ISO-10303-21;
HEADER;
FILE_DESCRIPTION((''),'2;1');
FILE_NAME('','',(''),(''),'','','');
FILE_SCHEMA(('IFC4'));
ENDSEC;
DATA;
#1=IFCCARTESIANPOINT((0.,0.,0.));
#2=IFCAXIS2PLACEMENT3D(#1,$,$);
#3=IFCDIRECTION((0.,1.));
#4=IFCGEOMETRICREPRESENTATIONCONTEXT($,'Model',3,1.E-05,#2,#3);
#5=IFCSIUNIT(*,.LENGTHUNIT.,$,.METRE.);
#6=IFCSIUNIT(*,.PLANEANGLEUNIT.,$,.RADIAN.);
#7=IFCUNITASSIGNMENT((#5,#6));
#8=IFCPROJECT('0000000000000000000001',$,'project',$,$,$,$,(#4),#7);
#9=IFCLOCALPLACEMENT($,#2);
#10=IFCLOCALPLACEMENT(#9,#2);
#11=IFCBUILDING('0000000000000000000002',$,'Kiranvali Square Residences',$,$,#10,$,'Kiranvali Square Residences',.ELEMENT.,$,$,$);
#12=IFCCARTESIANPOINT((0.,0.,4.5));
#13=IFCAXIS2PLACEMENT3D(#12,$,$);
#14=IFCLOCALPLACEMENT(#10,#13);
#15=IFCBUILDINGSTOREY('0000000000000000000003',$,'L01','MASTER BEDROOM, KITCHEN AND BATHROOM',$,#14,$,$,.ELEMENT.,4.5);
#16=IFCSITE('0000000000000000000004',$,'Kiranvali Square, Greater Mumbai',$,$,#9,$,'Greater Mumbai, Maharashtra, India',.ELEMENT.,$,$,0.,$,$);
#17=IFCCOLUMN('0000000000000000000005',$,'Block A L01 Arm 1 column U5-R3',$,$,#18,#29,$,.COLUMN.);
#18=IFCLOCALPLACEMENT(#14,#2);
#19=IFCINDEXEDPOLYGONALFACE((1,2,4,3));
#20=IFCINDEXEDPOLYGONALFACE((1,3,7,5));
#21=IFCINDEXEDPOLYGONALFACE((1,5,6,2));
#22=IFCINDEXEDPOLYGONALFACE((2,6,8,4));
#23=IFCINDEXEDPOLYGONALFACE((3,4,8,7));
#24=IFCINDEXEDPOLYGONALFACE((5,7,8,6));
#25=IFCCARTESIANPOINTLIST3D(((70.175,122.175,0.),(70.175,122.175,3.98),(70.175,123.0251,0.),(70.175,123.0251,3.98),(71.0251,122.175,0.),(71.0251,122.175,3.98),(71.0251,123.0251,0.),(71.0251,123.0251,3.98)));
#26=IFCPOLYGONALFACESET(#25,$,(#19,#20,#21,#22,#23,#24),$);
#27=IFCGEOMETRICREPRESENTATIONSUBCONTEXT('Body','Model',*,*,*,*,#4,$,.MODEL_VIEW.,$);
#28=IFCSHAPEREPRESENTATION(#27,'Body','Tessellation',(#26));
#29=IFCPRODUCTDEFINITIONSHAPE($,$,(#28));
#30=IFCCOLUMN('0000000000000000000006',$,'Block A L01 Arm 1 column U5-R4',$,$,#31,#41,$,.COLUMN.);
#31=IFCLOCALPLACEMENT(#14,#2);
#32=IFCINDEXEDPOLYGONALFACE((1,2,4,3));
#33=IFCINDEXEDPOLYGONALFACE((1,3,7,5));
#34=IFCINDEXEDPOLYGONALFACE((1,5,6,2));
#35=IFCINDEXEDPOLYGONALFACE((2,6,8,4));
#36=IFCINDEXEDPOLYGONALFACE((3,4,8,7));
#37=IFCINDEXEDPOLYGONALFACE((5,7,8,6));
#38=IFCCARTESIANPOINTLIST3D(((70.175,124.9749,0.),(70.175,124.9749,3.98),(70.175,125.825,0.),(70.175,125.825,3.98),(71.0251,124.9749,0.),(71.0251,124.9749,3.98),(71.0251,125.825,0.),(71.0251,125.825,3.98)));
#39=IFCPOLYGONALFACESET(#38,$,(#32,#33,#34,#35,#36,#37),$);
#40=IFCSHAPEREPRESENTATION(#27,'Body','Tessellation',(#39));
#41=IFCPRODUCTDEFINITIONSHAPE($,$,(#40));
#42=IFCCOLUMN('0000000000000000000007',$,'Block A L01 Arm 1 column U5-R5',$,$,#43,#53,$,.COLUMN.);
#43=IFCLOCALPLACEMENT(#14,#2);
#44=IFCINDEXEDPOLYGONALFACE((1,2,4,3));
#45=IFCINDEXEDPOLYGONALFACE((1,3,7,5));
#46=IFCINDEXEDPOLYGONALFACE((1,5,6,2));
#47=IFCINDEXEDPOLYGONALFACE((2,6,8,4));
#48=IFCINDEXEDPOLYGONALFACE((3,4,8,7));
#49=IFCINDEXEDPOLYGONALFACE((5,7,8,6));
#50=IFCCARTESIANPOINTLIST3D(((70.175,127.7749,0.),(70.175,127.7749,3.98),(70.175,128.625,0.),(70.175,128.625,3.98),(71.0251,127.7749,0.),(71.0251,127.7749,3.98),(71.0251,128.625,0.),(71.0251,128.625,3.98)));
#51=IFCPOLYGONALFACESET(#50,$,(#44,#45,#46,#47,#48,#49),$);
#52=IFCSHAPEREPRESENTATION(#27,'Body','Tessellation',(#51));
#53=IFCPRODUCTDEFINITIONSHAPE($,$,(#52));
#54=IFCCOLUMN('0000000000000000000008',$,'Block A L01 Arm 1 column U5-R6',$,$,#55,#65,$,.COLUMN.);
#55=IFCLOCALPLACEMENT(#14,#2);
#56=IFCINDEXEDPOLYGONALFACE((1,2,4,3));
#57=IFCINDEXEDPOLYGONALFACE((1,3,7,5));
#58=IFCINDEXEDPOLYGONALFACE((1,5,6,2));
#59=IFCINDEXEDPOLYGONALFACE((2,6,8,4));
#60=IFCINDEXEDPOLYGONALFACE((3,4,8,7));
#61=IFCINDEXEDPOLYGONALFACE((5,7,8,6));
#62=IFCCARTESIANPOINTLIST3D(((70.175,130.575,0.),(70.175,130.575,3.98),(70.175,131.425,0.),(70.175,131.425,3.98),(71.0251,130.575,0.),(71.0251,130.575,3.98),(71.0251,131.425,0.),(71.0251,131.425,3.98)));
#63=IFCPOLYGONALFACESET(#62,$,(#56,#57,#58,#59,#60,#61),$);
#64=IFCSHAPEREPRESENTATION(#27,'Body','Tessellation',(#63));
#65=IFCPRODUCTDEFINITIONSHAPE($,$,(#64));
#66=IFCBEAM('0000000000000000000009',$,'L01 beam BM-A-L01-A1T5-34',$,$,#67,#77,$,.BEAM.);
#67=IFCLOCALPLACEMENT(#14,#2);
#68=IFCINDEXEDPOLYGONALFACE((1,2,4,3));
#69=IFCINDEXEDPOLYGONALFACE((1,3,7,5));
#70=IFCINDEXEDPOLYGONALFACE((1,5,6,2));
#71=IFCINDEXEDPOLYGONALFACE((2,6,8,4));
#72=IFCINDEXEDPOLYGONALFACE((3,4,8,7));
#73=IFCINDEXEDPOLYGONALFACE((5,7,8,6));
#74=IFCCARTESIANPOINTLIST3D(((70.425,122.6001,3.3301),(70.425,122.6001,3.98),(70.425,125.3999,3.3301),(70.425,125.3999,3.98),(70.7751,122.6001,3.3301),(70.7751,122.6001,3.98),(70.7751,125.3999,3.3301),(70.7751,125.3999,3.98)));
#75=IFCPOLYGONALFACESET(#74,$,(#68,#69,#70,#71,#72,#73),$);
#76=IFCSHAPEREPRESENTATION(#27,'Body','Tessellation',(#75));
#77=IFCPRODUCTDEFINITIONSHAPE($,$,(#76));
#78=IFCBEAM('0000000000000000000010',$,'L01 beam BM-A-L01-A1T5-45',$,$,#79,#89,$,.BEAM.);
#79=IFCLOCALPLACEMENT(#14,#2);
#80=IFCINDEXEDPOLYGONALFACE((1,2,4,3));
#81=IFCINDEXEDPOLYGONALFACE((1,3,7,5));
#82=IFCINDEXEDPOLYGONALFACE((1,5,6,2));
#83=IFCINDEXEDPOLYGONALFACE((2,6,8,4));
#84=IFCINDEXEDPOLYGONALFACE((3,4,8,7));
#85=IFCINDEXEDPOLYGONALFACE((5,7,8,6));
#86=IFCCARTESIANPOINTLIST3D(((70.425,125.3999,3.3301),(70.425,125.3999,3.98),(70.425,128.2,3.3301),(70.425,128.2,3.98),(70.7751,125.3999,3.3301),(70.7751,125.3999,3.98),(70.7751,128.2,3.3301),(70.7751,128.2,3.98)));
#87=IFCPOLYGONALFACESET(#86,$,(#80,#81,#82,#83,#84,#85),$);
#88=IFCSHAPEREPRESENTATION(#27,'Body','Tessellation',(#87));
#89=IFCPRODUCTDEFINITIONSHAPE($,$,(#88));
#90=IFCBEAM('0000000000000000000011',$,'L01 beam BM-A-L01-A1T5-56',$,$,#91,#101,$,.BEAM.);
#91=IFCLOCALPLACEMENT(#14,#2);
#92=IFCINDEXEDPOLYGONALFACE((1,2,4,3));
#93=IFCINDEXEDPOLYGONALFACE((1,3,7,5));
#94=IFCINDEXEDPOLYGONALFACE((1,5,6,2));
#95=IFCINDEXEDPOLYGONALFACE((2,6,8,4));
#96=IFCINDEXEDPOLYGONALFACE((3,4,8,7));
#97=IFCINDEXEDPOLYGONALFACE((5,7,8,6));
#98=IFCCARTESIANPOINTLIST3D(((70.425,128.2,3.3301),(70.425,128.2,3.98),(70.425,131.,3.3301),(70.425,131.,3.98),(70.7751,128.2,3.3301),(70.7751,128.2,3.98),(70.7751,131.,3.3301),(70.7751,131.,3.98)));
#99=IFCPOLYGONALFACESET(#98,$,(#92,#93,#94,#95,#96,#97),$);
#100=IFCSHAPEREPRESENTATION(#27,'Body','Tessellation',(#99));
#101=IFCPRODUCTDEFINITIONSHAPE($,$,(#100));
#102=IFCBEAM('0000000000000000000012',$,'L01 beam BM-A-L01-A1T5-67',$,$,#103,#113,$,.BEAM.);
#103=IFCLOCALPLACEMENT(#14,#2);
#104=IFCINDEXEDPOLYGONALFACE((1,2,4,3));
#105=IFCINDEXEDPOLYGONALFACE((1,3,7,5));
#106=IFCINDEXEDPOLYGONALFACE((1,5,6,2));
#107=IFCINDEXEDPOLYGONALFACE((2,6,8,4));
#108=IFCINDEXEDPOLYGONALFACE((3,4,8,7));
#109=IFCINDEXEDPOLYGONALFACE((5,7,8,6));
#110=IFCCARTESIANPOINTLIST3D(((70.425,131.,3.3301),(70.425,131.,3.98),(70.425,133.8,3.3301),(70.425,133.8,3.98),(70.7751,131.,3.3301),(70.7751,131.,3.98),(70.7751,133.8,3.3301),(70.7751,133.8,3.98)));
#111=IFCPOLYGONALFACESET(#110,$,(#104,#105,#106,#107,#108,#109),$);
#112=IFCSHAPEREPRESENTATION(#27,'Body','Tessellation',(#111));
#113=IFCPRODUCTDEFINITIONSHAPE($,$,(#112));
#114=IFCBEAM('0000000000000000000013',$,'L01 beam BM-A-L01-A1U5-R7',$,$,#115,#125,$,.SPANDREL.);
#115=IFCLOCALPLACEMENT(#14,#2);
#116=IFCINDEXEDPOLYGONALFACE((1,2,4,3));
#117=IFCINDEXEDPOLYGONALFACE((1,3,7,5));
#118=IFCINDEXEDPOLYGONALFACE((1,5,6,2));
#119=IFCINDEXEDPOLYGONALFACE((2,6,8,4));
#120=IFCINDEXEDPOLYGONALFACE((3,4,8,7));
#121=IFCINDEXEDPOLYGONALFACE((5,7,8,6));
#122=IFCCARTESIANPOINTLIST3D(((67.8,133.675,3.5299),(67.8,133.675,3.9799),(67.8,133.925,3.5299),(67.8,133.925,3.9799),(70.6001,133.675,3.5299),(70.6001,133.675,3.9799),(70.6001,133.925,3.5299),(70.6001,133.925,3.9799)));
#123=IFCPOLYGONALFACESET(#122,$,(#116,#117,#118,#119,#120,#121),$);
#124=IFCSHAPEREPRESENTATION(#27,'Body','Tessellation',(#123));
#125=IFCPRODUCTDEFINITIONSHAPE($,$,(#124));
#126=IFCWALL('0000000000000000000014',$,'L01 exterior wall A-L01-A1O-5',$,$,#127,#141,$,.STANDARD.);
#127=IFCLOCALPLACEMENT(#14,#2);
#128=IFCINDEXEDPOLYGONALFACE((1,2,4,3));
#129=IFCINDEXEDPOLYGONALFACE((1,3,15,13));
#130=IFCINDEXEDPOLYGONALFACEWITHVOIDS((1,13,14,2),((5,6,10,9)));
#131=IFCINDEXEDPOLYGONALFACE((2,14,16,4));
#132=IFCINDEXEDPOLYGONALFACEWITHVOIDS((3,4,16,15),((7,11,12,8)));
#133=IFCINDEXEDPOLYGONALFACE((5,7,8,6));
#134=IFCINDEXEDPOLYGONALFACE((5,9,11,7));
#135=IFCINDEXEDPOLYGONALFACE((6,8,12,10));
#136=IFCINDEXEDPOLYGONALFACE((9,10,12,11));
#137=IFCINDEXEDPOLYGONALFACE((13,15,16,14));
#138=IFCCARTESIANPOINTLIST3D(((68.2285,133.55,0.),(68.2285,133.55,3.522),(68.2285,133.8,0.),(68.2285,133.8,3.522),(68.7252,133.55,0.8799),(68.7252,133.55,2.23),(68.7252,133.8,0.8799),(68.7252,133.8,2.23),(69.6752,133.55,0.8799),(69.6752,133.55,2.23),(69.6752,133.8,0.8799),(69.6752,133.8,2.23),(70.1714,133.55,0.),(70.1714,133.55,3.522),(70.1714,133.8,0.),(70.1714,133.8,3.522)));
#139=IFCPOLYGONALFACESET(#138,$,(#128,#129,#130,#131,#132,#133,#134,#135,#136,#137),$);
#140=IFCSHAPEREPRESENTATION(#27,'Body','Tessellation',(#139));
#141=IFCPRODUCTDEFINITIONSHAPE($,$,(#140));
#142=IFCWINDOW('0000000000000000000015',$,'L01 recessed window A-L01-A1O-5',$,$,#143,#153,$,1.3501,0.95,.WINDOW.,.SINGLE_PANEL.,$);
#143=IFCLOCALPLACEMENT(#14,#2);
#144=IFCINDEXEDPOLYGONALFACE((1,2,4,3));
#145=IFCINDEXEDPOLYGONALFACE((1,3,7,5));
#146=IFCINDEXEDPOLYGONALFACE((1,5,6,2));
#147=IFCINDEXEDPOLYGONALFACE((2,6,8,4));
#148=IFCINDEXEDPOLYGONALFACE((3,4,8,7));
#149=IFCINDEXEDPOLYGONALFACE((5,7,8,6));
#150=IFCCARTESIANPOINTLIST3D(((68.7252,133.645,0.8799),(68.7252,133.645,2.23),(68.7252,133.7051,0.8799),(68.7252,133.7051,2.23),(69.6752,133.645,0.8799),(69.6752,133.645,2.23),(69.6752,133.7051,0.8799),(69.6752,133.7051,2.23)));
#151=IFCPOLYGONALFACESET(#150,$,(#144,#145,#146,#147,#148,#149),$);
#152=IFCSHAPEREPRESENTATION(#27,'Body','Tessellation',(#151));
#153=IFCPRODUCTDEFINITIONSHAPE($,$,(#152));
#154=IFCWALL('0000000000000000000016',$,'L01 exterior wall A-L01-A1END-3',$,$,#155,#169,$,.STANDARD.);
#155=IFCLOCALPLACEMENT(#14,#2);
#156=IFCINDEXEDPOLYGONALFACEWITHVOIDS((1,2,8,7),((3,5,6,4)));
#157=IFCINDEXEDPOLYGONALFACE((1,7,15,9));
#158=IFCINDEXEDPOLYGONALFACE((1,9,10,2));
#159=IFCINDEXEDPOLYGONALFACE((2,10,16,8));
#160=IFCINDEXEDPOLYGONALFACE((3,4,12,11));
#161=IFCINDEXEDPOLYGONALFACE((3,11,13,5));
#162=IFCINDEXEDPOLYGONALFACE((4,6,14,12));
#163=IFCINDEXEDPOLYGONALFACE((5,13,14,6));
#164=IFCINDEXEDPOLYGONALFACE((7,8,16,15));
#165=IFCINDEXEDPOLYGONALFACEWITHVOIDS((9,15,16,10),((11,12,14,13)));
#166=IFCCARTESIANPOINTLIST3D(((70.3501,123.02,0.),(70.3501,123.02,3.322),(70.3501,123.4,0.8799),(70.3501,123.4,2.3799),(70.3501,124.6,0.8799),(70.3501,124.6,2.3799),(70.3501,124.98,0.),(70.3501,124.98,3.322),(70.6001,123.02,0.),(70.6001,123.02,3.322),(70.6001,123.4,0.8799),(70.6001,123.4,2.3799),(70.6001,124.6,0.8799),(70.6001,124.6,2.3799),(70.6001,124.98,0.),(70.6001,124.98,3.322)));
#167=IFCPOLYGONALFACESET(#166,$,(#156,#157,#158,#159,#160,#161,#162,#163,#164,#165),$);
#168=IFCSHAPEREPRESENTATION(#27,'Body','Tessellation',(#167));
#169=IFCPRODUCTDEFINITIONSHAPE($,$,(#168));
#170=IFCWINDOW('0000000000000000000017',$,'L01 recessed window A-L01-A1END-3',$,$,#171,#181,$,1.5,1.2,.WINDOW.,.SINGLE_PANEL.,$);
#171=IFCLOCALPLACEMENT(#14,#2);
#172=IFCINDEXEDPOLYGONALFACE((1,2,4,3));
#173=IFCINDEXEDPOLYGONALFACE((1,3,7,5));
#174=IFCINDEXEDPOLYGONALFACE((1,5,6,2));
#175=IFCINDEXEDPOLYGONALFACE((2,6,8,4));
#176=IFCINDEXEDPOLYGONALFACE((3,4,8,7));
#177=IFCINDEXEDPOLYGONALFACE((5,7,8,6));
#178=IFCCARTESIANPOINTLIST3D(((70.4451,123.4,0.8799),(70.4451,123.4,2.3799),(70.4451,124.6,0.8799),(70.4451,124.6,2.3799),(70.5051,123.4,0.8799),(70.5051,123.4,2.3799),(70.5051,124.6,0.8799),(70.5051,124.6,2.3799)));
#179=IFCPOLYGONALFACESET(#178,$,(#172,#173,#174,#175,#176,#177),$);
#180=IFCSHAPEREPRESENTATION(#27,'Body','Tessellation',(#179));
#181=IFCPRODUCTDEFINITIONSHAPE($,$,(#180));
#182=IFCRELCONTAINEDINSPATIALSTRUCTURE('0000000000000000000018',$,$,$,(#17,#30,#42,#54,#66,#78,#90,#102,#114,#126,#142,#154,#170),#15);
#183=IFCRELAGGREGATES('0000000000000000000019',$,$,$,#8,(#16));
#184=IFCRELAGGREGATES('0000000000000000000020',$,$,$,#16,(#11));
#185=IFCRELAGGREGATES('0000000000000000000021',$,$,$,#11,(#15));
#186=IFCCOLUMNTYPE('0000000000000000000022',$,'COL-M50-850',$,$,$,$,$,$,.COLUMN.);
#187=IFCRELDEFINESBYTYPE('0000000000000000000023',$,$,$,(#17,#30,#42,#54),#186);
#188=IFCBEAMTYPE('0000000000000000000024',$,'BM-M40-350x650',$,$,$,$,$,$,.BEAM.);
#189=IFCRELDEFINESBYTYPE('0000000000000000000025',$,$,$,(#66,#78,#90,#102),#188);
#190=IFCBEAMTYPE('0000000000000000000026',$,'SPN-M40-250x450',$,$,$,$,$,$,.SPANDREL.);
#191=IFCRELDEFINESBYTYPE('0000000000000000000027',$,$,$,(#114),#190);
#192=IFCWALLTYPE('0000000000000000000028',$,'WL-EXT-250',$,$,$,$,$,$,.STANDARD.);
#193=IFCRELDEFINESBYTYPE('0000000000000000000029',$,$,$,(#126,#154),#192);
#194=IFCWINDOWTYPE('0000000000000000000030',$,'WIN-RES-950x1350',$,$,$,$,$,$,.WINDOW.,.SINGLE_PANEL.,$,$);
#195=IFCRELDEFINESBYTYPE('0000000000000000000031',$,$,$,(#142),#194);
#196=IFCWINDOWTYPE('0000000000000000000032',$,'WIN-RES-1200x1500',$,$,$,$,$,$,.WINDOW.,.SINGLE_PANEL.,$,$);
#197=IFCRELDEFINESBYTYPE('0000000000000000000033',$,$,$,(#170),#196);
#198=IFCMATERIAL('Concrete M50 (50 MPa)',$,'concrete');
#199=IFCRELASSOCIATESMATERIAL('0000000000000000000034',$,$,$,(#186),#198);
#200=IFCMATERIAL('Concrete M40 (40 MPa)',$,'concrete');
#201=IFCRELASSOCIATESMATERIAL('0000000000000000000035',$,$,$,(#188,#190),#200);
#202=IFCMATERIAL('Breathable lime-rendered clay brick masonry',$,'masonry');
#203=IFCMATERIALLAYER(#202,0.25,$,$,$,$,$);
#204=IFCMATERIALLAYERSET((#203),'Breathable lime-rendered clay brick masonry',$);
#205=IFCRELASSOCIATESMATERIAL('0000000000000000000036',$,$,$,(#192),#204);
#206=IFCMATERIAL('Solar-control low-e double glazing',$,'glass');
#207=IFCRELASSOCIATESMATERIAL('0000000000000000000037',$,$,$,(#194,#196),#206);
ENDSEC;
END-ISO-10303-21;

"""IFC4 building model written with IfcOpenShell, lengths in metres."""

from ifc_helpers import new_model, si_unit, direction, frame, frame_2d, origin, origin_2d, place, context, subcontext, project, spatial, rectangle, extrude, material, layer, layer_set, material_profile, profile_set, type_object, element, fill, save


model = new_model("IFC4")

# Units and contexts
model_context = context("Model", 3, precision=1e-05, world=origin(), true_north=direction((0.0, 1.0)))
body_context = subcontext(model_context, "Body", "Model", "MODEL_VIEW")
ifc_project = project(units=[si_unit("LENGTHUNIT", "METRE"), si_unit("PLANEANGLEUNIT", "RADIAN")], contexts=[model_context])

# Site, building, storey
site_placement = place(None, origin())
site = spatial("IfcSite", under=ifc_project, at=site_placement, Name="Kiranvali Square, Greater Mumbai", LongName="Greater Mumbai, Maharashtra, India", CompositionType="ELEMENT", RefElevation=0.0)
building_placement = place(site_placement, origin())
building = spatial("IfcBuilding", under=site, at=building_placement, Name="Kiranvali Square Residences", LongName="Kiranvali Square Residences", CompositionType="ELEMENT")
storey_placement = place(building_placement, frame((0.0, 0.0, 4.5)))
storey = spatial("IfcBuildingStorey", under=building, at=storey_placement, Name="L01", Description="MASTER BEDROOM, KITCHEN AND BATHROOM", CompositionType="ELEMENT", Elevation=4.5)

# Columns
ifc_material_1 = material(Name="Concrete M50 (50 MPa)", Category="concrete")
ifc_material_profile_1 = material_profile(ifc_material_1, rectangle(XDim=0.8501, YDim=0.8501, at=origin_2d()), Name="RC 850x850")
ifc_profile_set_1 = profile_set([ifc_material_profile_1], Name="Concrete M50 (50 MPa)")
column_type = type_object("IfcColumnType", Name="COL-M50-850", PredefinedType="COLUMN", material=ifc_profile_set_1)
for number, where, z_axis, x_axis, name in (
    (1, (70.6001, 122.6001, 0.0), (0.0, 0.0, 1.0), (1.0, 0.0, 0.0), "Block A L01 Arm 1 column U5-R3"),
    (2, (70.6001, 125.3999, 0.0), (0.0, 0.0, 1.0), (1.0, 0.0, 0.0), "Block A L01 Arm 1 column U5-R4"),
    (3, (70.6001, 128.2, 0.0), (0.0, 0.0, 1.0), (1.0, 0.0, 0.0), "Block A L01 Arm 1 column U5-R5"),
    (4, (70.6001, 131.0, 0.0), (0.0, 0.0, 1.0), (1.0, 0.0, 0.0), "Block A L01 Arm 1 column U5-R6"),
):
    element("IfcColumn", number, at=place(storey_placement, frame(where, z_axis=z_axis, x_axis=x_axis)), inside=storey, type_object=column_type, Name=name, PredefinedType="COLUMN", context=body_context, shape_type="SweptSolid", body=[
        extrude(rectangle(XDim=0.8501, YDim=0.8501, at=origin_2d()), origin(), (0.0, 0.0, 1.0), 3.98),
    ])

# Beams
ifc_material_2 = material(Name="Concrete M40 (40 MPa)", Category="concrete")
ifc_material_profile_2 = material_profile(ifc_material_2, rectangle(XDim=0.3501, YDim=0.6499, at=origin_2d()), Name="RC 350x650")
ifc_profile_set_2 = profile_set([ifc_material_profile_2], Name="Concrete M40 (40 MPa)")
beam_type_1 = type_object("IfcBeamType", Name="BM-M40-350x650", PredefinedType="BEAM", material=ifc_profile_set_2)
beam_1_placement = place(storey_placement, frame((70.6001, 122.6001, 3.655), z_axis=(0.0, 1.0, 0.0), x_axis=(-1.0, 0.0, 0.0)))
element("IfcBeam", 5, at=beam_1_placement, inside=storey, type_object=beam_type_1, Name="L01 beam BM-A-L01-A1T5-34", PredefinedType="BEAM", context=body_context, shape_type="SweptSolid", body=[
    extrude(rectangle(XDim=0.3501, YDim=0.6499, at=origin_2d()), origin(), (0.0, 0.0, 1.0), 2.7998),
])
for number, where, z_axis, x_axis, name in (
    (6, (70.6001, 125.3999, 3.655), (0.0, 1.0, 0.0), (-1.0, 0.0, 0.0), "L01 beam BM-A-L01-A1T5-45"),
    (7, (70.6001, 128.2, 3.655), (0.0, 1.0, 0.0), (-1.0, 0.0, 0.0), "L01 beam BM-A-L01-A1T5-56"),
    (8, (70.6001, 131.0, 3.655), (0.0, 1.0, 0.0), (-1.0, 0.0, 0.0), "L01 beam BM-A-L01-A1T5-67"),
):
    element("IfcBeam", number, at=place(storey_placement, frame(where, z_axis=z_axis, x_axis=x_axis)), inside=storey, type_object=beam_type_1, Name=name, PredefinedType="BEAM", context=body_context, shape_type="SweptSolid", body=[
        extrude(rectangle(XDim=0.3501, YDim=0.6499, at=origin_2d()), origin(), (0.0, 0.0, 1.0), 2.8),
    ])
ifc_material_profile_3 = material_profile(ifc_material_2, rectangle(XDim=0.25, YDim=0.45, at=origin_2d()), Name="RC 250x450")
ifc_profile_set_3 = profile_set([ifc_material_profile_3], Name="Concrete M40 (40 MPa)")
beam_type_2 = type_object("IfcBeamType", Name="SPN-M40-250x450", PredefinedType="SPANDREL", material=ifc_profile_set_3)
beam_2_placement = place(storey_placement, frame((67.8, 133.8, 3.7549), z_axis=(1.0, 0.0, 0.0), x_axis=(0.0, 1.0, 0.0)))
element("IfcBeam", 9, at=beam_2_placement, inside=storey, type_object=beam_type_2, Name="L01 beam BM-A-L01-A1U5-R7", PredefinedType="SPANDREL", context=body_context, shape_type="SweptSolid", body=[
    extrude(rectangle(XDim=0.25, YDim=0.45, at=origin_2d()), origin(), (0.0, 0.0, 1.0), 2.8),
])

# Walls, openings, windows
ifc_material_3 = material(Name="Breathable lime-rendered clay brick masonry", Category="masonry")
ifc_layer_1 = layer(ifc_material_3, 0.25)
ifc_layer_set_1 = layer_set([ifc_layer_1], Name="Breathable lime-rendered clay brick masonry")
wall_type_1 = type_object("IfcWallType", Name="WL-EXT-250", PredefinedType="STANDARD", material=ifc_layer_set_1)
wall_1_placement = place(storey_placement, frame((68.2285, 133.675, 0.0), z_axis=(0.0, 0.0, 1.0), x_axis=(1.0, 0.0, 0.0)))
wall_1 = element("IfcWall", 10, at=wall_1_placement, inside=storey, type_object=wall_type_1, Name="L01 exterior wall A-L01-A1O-5", PredefinedType="STANDARD", context=body_context, shape_type="SweptSolid", body=[
    extrude(rectangle(XDim=1.9429, YDim=0.25, at=frame_2d((0.9714, 0.0))), origin(), (0.0, 0.0, 1.0), 3.522),
])
opening_1_placement = place(wall_1_placement, frame((0.4966, 0.0, 0.8799)))
opening_1 = element("IfcOpeningElement", 11, at=opening_1_placement, cuts=wall_1, PredefinedType="OPENING", context=body_context, shape_type="SweptSolid", body=[
    extrude(rectangle(XDim=0.95, YDim=1.3501, at=frame_2d((0.4751, 0.675))), frame((0.0, 0.135, 0.0), z_axis=(0.0, -1.0, 0.0), x_axis=(1.0, 0.0, 0.0)), (0.0, 0.0, 1.0), 0.27),
])
ifc_material_4 = material(Name="Solar-control low-e double glazing", Category="glass")
window_type_1 = type_object("IfcWindowType", Name="WIN-RES-950x1350", PartitioningType="SINGLE_PANEL", PredefinedType="WINDOW", material=ifc_material_4)
window_1_placement = place(opening_1_placement, origin())
window_1 = element("IfcWindow", 12, at=window_1_placement, inside=storey, type_object=window_type_1, Name="L01 recessed window A-L01-A1O-5", OverallHeight=1.3501, OverallWidth=0.95, PartitioningType="SINGLE_PANEL", PredefinedType="WINDOW", context=body_context, shape_type="SweptSolid", body=[
    extrude(rectangle(XDim=0.95, YDim=1.3501, at=frame_2d((0.4751, 0.675))), frame((0.0, 0.03, 0.0), z_axis=(0.0, -1.0, 0.0), x_axis=(1.0, 0.0, 0.0)), (0.0, 0.0, 1.0), 0.0601),
])
fill(opening_1, window_1)
wall_2_placement = place(storey_placement, frame((70.4751, 123.02, 0.0), z_axis=(0.0, 0.0, 1.0), x_axis=(0.0, 1.0, 0.0)))
wall_2 = element("IfcWall", 13, at=wall_2_placement, inside=storey, type_object=wall_type_1, Name="L01 exterior wall A-L01-A1END-3", PredefinedType="STANDARD", context=body_context, shape_type="SweptSolid", body=[
    extrude(rectangle(XDim=1.96, YDim=0.25, at=frame_2d((0.98, 0.0))), origin(), (0.0, 0.0, 1.0), 3.322),
])
opening_2_placement = place(wall_2_placement, frame((0.3799, 0.0, 0.8799)))
opening_2 = element("IfcOpeningElement", 14, at=opening_2_placement, cuts=wall_2, PredefinedType="OPENING", context=body_context, shape_type="SweptSolid", body=[
    extrude(rectangle(XDim=1.2, YDim=1.5, at=frame_2d((0.6001, 0.75))), frame((0.0, 0.135, 0.0), z_axis=(0.0, -1.0, 0.0), x_axis=(1.0, 0.0, 0.0)), (0.0, 0.0, 1.0), 0.27),
])
window_type_2 = type_object("IfcWindowType", Name="WIN-RES-1200x1500", PartitioningType="SINGLE_PANEL", PredefinedType="WINDOW", material=ifc_material_4)
window_2_placement = place(opening_2_placement, origin())
window_2 = element("IfcWindow", 15, at=window_2_placement, inside=storey, type_object=window_type_2, Name="L01 recessed window A-L01-A1END-3", OverallHeight=1.5, OverallWidth=1.2, PartitioningType="SINGLE_PANEL", PredefinedType="WINDOW", context=body_context, shape_type="SweptSolid", body=[
    extrude(rectangle(XDim=1.2, YDim=1.5, at=frame_2d((0.6001, 0.75))), frame((0.0, 0.03, 0.0), z_axis=(0.0, -1.0, 0.0), x_axis=(1.0, 0.0, 0.0)), (0.0, 0.0, 1.0), 0.0601),
])
fill(opening_2, window_2)

save(model, "model.ifc")
